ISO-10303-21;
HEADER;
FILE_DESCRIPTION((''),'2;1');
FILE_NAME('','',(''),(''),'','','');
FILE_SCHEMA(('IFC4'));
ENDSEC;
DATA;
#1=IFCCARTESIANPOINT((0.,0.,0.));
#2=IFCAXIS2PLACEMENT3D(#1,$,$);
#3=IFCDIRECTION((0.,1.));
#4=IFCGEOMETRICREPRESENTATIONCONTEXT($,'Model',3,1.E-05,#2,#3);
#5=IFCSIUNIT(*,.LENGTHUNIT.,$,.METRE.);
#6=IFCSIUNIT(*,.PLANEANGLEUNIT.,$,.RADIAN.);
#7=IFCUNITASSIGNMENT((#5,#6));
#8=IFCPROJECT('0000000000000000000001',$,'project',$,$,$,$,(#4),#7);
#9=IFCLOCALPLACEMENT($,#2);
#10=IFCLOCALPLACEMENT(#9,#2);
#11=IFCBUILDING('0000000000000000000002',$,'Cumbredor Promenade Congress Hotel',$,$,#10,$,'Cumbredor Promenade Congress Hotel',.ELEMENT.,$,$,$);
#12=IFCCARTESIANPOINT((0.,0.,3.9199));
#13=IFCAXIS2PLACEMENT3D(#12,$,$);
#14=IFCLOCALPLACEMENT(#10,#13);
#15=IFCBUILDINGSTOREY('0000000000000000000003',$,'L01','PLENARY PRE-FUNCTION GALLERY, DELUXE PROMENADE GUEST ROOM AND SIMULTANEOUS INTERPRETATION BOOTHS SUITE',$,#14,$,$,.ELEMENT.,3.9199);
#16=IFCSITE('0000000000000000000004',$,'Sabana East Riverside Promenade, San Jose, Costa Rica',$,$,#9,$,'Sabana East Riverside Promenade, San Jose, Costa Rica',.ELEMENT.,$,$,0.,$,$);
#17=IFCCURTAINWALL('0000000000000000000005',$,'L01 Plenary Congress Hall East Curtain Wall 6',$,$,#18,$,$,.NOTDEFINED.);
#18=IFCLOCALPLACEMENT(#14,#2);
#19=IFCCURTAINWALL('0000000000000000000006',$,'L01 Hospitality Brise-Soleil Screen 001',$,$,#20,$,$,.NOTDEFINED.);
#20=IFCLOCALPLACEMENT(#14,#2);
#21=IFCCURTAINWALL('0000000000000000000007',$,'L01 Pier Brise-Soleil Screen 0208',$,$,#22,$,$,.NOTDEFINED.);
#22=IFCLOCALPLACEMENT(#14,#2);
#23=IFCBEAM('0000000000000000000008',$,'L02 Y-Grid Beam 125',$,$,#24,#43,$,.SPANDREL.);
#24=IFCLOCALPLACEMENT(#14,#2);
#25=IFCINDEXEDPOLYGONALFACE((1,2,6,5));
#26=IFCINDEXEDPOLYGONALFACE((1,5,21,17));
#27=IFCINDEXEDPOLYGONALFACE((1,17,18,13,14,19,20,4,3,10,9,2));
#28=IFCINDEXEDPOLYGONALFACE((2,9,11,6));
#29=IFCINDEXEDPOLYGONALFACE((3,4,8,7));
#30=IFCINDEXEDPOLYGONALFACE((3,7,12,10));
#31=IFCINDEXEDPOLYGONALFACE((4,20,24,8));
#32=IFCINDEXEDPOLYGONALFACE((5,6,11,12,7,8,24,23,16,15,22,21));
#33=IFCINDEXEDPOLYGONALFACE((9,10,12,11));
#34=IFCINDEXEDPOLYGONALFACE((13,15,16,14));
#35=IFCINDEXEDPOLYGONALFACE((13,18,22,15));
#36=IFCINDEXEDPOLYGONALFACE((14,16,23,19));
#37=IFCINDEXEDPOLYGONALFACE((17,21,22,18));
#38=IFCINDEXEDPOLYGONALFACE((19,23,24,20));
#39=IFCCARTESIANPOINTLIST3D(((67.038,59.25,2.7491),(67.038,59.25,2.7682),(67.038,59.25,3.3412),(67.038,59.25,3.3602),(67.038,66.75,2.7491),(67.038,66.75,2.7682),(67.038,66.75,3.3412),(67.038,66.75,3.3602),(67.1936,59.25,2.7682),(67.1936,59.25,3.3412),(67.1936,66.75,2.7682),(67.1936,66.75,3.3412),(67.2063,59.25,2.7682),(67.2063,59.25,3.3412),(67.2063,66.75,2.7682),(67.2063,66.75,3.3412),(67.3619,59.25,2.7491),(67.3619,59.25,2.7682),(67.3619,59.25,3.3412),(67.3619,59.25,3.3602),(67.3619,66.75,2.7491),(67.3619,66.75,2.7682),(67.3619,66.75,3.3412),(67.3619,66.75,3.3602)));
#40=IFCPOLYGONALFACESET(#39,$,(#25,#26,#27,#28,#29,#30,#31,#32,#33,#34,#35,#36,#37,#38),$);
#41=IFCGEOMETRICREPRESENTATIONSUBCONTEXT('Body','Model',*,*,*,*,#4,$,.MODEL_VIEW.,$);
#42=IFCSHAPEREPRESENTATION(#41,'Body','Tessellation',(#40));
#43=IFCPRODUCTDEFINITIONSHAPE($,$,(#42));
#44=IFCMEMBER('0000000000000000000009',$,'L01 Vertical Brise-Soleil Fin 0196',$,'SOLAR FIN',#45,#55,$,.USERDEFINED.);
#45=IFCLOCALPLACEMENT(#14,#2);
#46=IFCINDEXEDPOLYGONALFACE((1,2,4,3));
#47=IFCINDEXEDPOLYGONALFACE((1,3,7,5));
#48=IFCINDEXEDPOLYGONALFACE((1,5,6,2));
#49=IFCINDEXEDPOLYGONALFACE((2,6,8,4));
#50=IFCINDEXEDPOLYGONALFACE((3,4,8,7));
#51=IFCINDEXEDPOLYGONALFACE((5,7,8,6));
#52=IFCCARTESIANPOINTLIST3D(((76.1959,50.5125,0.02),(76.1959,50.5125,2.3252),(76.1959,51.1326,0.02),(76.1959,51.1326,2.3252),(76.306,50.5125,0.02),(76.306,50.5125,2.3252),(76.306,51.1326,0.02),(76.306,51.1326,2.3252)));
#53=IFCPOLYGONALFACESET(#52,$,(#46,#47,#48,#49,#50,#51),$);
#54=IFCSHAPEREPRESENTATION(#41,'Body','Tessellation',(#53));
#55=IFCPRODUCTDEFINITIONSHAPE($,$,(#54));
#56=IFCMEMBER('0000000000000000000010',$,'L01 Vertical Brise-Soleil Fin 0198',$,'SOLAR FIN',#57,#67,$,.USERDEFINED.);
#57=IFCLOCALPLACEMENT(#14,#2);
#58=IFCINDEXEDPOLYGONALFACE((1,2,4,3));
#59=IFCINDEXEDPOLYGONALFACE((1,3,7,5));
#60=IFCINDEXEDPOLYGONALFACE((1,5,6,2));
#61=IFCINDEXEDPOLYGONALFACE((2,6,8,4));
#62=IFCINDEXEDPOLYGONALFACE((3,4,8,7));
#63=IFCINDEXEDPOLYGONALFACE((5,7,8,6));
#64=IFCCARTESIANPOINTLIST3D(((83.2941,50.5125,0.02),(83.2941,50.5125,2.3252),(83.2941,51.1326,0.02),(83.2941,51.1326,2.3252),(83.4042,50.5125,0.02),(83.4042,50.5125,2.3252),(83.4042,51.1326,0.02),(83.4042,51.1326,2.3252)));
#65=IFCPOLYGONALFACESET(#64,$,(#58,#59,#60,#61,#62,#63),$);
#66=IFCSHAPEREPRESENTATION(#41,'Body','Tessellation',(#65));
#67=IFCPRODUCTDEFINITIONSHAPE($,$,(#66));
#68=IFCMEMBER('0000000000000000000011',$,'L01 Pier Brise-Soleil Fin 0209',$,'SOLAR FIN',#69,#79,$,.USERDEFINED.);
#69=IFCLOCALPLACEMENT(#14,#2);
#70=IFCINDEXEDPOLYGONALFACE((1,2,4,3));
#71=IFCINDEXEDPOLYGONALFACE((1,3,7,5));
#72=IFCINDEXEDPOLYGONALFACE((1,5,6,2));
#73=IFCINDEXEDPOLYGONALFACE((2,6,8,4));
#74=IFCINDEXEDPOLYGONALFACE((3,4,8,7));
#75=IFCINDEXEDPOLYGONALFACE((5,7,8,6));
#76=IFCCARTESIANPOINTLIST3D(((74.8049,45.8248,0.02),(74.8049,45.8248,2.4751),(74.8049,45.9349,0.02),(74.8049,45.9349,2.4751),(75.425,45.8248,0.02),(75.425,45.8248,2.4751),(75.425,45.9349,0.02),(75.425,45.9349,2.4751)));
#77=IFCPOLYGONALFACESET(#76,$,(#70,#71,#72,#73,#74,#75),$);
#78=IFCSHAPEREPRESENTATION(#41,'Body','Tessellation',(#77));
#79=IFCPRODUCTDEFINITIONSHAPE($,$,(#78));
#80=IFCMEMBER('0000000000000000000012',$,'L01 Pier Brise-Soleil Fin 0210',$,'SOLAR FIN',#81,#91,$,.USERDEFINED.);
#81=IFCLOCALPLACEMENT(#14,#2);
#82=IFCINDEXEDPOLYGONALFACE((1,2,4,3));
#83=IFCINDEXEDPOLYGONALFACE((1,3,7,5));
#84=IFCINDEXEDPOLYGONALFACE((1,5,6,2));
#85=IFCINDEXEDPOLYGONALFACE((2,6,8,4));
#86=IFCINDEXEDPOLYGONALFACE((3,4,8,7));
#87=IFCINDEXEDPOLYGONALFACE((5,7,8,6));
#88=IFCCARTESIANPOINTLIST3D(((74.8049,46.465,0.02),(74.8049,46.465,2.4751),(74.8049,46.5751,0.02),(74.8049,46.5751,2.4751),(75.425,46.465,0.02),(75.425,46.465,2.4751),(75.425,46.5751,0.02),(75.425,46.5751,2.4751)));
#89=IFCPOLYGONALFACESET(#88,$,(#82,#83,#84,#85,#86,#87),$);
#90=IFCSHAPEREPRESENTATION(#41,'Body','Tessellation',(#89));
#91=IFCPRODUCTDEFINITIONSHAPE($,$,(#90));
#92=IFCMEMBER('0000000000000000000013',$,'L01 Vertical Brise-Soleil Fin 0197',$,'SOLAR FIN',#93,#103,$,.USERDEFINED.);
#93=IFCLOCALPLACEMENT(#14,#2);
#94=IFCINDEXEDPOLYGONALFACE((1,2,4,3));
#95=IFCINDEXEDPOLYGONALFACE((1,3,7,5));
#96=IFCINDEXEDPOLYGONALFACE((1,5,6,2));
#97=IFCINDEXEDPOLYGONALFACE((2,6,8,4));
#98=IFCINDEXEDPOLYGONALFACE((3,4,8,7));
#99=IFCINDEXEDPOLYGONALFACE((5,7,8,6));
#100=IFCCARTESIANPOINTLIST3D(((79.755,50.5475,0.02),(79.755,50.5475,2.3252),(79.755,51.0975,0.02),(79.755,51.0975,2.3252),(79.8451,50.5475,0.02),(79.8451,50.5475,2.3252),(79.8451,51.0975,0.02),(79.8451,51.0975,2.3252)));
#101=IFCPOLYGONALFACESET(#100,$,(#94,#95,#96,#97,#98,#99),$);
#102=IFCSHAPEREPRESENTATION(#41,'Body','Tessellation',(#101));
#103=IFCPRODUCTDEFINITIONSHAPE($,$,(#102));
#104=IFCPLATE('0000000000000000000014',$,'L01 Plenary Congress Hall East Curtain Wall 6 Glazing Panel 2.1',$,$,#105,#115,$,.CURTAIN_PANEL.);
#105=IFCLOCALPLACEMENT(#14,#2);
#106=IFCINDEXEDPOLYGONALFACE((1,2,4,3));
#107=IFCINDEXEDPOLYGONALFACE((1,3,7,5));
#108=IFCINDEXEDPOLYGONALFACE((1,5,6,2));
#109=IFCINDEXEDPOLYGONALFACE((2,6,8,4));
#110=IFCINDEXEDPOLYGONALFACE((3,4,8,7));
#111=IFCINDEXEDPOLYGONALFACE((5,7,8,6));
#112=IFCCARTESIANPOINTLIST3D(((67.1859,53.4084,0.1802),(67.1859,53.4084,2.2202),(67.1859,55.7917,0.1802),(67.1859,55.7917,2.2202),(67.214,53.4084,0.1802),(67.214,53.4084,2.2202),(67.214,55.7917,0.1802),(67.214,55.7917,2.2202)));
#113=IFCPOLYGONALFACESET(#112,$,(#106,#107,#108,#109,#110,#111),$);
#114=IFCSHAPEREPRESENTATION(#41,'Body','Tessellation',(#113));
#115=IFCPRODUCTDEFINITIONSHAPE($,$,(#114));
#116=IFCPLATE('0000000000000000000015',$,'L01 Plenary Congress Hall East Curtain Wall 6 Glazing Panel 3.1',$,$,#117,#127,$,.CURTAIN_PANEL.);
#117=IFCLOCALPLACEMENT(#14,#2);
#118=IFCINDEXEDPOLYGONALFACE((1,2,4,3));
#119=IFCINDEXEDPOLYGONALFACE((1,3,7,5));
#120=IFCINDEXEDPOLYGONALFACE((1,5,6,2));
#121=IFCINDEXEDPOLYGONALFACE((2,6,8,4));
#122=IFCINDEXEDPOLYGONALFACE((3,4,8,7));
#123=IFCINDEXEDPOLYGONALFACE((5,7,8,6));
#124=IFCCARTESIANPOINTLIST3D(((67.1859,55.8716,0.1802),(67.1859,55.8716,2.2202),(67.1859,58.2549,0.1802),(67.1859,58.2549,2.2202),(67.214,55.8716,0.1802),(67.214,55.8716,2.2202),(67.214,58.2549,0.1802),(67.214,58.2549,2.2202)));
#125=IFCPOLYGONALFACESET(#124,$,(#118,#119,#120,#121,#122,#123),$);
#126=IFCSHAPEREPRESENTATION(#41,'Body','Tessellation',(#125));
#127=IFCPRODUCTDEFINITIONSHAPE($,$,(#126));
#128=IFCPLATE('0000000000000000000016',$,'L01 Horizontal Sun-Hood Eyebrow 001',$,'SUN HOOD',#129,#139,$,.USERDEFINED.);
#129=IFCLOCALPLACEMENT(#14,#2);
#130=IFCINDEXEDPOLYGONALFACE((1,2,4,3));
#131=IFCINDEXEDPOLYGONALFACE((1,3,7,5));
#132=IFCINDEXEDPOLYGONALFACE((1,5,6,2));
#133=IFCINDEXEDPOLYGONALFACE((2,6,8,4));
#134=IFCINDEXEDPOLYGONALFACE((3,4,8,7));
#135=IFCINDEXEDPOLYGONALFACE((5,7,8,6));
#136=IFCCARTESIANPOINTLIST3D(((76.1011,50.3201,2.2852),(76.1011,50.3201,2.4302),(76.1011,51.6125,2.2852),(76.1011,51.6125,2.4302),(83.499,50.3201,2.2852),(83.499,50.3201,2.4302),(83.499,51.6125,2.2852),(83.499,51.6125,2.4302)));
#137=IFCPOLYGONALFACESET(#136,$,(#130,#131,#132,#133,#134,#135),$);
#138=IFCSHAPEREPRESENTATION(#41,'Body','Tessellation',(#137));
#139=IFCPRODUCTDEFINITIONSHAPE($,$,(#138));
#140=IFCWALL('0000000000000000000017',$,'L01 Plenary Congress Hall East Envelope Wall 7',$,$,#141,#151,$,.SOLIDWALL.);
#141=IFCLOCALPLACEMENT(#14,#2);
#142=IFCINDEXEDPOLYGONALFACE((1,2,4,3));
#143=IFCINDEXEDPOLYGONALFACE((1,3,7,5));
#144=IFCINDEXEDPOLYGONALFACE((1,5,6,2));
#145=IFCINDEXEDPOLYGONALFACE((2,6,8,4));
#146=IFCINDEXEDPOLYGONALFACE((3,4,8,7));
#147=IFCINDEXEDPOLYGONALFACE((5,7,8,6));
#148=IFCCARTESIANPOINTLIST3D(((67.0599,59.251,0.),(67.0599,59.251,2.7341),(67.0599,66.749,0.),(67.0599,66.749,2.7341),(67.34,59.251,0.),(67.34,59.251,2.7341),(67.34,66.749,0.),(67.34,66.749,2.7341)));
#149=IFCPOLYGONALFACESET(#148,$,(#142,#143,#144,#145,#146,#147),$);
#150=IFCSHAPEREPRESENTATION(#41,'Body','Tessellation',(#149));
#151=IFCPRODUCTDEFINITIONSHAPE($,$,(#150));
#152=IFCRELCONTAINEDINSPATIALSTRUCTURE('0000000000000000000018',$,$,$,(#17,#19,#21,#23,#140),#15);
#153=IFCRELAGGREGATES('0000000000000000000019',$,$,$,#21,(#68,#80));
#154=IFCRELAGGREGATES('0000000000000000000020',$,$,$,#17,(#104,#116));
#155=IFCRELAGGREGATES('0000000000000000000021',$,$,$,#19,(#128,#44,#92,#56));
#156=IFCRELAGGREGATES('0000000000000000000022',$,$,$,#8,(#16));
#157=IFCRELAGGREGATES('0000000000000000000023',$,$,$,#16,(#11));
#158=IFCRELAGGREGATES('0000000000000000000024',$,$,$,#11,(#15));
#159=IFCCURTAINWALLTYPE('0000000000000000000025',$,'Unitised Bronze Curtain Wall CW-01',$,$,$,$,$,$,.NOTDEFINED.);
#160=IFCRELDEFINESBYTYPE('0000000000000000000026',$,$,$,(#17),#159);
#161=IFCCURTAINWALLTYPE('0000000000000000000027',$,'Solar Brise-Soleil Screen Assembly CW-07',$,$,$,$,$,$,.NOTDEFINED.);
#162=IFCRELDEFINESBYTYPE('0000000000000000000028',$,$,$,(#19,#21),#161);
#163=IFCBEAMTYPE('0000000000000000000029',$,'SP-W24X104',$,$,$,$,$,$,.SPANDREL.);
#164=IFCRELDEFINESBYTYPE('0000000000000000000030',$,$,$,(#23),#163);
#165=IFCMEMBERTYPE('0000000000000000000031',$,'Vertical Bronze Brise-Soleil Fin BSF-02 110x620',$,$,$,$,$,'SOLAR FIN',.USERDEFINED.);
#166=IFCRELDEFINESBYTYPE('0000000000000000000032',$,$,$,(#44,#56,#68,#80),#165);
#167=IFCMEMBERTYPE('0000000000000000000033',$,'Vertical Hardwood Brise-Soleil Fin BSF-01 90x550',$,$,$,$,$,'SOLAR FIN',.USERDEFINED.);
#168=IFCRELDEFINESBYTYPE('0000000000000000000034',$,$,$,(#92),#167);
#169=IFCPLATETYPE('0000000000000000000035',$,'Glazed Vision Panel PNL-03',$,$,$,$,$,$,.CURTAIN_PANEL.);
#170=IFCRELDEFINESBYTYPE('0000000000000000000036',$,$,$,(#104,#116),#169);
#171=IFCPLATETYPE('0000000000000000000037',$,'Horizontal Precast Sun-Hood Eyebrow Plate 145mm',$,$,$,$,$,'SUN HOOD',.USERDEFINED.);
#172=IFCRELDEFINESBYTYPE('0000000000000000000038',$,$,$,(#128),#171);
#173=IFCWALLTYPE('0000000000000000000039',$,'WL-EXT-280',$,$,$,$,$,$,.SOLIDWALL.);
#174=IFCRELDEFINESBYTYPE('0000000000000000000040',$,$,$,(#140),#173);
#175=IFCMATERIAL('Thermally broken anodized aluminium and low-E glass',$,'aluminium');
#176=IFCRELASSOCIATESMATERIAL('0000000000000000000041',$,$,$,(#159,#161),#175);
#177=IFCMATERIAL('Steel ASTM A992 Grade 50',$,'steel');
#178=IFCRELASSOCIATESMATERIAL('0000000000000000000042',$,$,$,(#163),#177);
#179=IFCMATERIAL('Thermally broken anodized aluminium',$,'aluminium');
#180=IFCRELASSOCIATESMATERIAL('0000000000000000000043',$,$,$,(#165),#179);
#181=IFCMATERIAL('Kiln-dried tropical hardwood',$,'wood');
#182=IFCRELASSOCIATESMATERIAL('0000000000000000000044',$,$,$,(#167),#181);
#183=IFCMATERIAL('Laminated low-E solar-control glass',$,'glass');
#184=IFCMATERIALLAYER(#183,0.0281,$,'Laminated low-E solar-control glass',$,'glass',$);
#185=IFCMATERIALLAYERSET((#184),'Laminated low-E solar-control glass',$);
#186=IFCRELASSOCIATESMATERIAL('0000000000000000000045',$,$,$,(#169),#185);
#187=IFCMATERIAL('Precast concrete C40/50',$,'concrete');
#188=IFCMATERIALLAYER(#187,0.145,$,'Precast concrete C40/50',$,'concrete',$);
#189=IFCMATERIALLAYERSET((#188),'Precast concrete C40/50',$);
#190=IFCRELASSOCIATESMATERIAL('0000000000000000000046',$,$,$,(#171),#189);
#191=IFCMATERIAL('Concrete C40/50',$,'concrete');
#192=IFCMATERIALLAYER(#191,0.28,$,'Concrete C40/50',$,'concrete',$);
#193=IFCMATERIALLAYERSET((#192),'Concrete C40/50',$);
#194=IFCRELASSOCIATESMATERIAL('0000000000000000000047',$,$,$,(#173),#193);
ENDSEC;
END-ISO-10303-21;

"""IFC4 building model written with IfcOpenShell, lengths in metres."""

from ifc_helpers import new_model, si_unit, direction, frame, frame_2d, origin, origin_2d, place, context, subcontext, project, spatial, rectangle, i_section, extrude, material, layer, layer_set, material_profile, profile_set, type_object, element, aggregate, save


model = new_model("IFC4")

# Units and contexts
model_context = context("Model", 3, precision=1e-05, world=origin(), true_north=direction((0.0, 1.0)))
body_context = subcontext(model_context, "Body", "Model", "MODEL_VIEW")
ifc_project = project(units=[si_unit("LENGTHUNIT", "METRE"), si_unit("PLANEANGLEUNIT", "RADIAN")], contexts=[model_context])

# Site, building, storey
site_placement = place(None, origin())
site = spatial("IfcSite", under=ifc_project, at=site_placement, Name="Sabana East Riverside Promenade, San Jose, Costa Rica", LongName="Sabana East Riverside Promenade, San Jose, Costa Rica", CompositionType="ELEMENT", RefElevation=0.0)
building_placement = place(site_placement, origin())
building = spatial("IfcBuilding", under=site, at=building_placement, Name="Cumbredor Promenade Congress Hotel", LongName="Cumbredor Promenade Congress Hotel", CompositionType="ELEMENT")
storey_placement = place(building_placement, frame((0.0, 0.0, 3.9199)))
storey = spatial("IfcBuildingStorey", under=building, at=storey_placement, Name="L01", Description="PLENARY PRE-FUNCTION GALLERY, DELUXE PROMENADE GUEST ROOM AND SIMULTANEOUS INTERPRETATION BOOTHS SUITE", CompositionType="ELEMENT", Elevation=3.9199)

# Shared definitions
ifc_material_1 = material(Name="Concrete C40/50", Category="concrete")

# Shared definitions
ifc_material_2 = material(Name="Steel ASTM A992 Grade 50", Category="steel")

# Curtain wall
ifc_material_3 = material(Name="Thermally broken anodized aluminium and low-E glass", Category="aluminium")
curtain_wall_type_1 = type_object("IfcCurtainWallType", Name="Unitised Bronze Curtain Wall CW-01", PredefinedType="NOTDEFINED", material=ifc_material_3)
curtain_wall_1_placement = place(storey_placement, origin())
curtain_wall_1 = element("IfcCurtainWall", 1, at=curtain_wall_1_placement, inside=storey, type_object=curtain_wall_type_1, Name="L01 Plenary Congress Hall East Curtain Wall 6", PredefinedType="NOTDEFINED")
ifc_material_4 = material(Name="Thermally broken anodized aluminium", Category="aluminium")

# Curtain walls
curtain_wall_type_2 = type_object("IfcCurtainWallType", Name="Solar Brise-Soleil Screen Assembly CW-07", PredefinedType="NOTDEFINED", material=ifc_material_3)
curtain_wall_2_placement = place(storey_placement, origin())
curtain_wall_2 = element("IfcCurtainWall", 2, at=curtain_wall_2_placement, inside=storey, type_object=curtain_wall_type_2, Name="L01 Hospitality Brise-Soleil Screen 001", PredefinedType="NOTDEFINED")
curtain_wall_3_placement = place(storey_placement, origin())
curtain_wall_3 = element("IfcCurtainWall", 3, at=curtain_wall_3_placement, inside=storey, type_object=curtain_wall_type_2, Name="L01 Pier Brise-Soleil Screen 0208", PredefinedType="NOTDEFINED")

# Beam
ifc_material_profile_1 = material_profile(ifc_material_2, i_section(OverallWidth=0.324, OverallDepth=0.6111, WebThickness=0.0127, FlangeThickness=0.019, at=origin_2d()), Name="W24X104")
ifc_profile_set_1 = profile_set([ifc_material_profile_1], Name="Steel ASTM A992 Grade 50")
beam_type_1 = type_object("IfcBeamType", Name="SP-W24X104", PredefinedType="SPANDREL", material=ifc_profile_set_1)
beam_1_placement = place(storey_placement, frame((67.2, 59.25, 3.0547), z_axis=(0.0, 1.0, 0.0), x_axis=(-1.0, 0.0, 0.0)))
element("IfcBeam", 4, at=beam_1_placement, inside=storey, type_object=beam_type_1, Name="L02 Y-Grid Beam 125", PredefinedType="SPANDREL", context=body_context, shape_type="SweptSolid", body=[
    extrude(i_section(OverallWidth=0.324, OverallDepth=0.6111, WebThickness=0.0127, FlangeThickness=0.019, at=origin_2d()), origin(), (0.0, 0.0, 1.0), 7.5),
])

# Members
ifc_material_profile_2 = material_profile(ifc_material_4, rectangle(XDim=0.1101, YDim=0.6201, at=origin_2d()), Name="ARCH FIN 110x620")
ifc_profile_set_2 = profile_set([ifc_material_profile_2], Name="Thermally broken anodized aluminium")
member_type_1 = type_object("IfcMemberType", Name="Vertical Bronze Brise-Soleil Fin BSF-02 110x620", ElementType="SOLAR FIN", PredefinedType="USERDEFINED", material=ifc_profile_set_2)
member_1_placement = place(storey_placement, frame((76.251, 50.8225, 0.02), z_axis=(0.0, 0.0, 1.0), x_axis=(1.0, 0.0, 0.0)))
member_1 = element("IfcMember", 5, at=member_1_placement, type_object=member_type_1, Name="L01 Vertical Brise-Soleil Fin 0196", ObjectType="SOLAR FIN", PredefinedType="USERDEFINED", context=body_context, shape_type="SweptSolid", body=[
    extrude(rectangle(XDim=0.1101, YDim=0.6201, at=origin_2d()), origin(), (0.0, 0.0, 1.0), 2.3052),
])
member_2_placement = place(storey_placement, frame((83.3491, 50.8225, 0.02), z_axis=(0.0, 0.0, 1.0), x_axis=(1.0, 0.0, 0.0)))
member_2 = element("IfcMember", 6, at=member_2_placement, type_object=member_type_1, Name="L01 Vertical Brise-Soleil Fin 0198", ObjectType="SOLAR FIN", PredefinedType="USERDEFINED", context=body_context, shape_type="SweptSolid", body=[
    extrude(rectangle(XDim=0.1101, YDim=0.6201, at=origin_2d()), origin(), (0.0, 0.0, 1.0), 2.3052),
])
member_3_placement = place(storey_placement, frame((75.115, 45.8799, 0.02), z_axis=(0.0, 0.0, 1.0), x_axis=(0.0, 1.0, 0.0)))
member_3 = element("IfcMember", 7, at=member_3_placement, type_object=member_type_1, Name="L01 Pier Brise-Soleil Fin 0209", ObjectType="SOLAR FIN", PredefinedType="USERDEFINED", context=body_context, shape_type="SweptSolid", body=[
    extrude(rectangle(XDim=0.1101, YDim=0.6201, at=origin_2d()), origin(), (0.0, 0.0, 1.0), 2.4551),
])
member_4_placement = place(storey_placement, frame((75.115, 46.52, 0.02), z_axis=(0.0, 0.0, 1.0), x_axis=(0.0, 1.0, 0.0)))
member_4 = element("IfcMember", 8, at=member_4_placement, type_object=member_type_1, Name="L01 Pier Brise-Soleil Fin 0210", ObjectType="SOLAR FIN", PredefinedType="USERDEFINED", context=body_context, shape_type="SweptSolid", body=[
    extrude(rectangle(XDim=0.1101, YDim=0.6201, at=origin_2d()), origin(), (0.0, 0.0, 1.0), 2.4551),
])
aggregate(curtain_wall_3, [member_3, member_4])
ifc_material_5 = material(Name="Kiln-dried tropical hardwood", Category="wood")
ifc_material_profile_3 = material_profile(ifc_material_5, rectangle(XDim=0.0901, YDim=0.55, at=origin_2d()), Name="ARCH FIN 90x550")
ifc_profile_set_3 = profile_set([ifc_material_profile_3], Name="Kiln-dried tropical hardwood")
member_type_2 = type_object("IfcMemberType", Name="Vertical Hardwood Brise-Soleil Fin BSF-01 90x550", ElementType="SOLAR FIN", PredefinedType="USERDEFINED", material=ifc_profile_set_3)
member_5_placement = place(storey_placement, frame((79.8, 50.8225, 0.02), z_axis=(0.0, 0.0, 1.0), x_axis=(1.0, 0.0, 0.0)))
member_5 = element("IfcMember", 9, at=member_5_placement, type_object=member_type_2, Name="L01 Vertical Brise-Soleil Fin 0197", ObjectType="SOLAR FIN", PredefinedType="USERDEFINED", context=body_context, shape_type="SweptSolid", body=[
    extrude(rectangle(XDim=0.0901, YDim=0.55, at=origin_2d()), origin(), (0.0, 0.0, 1.0), 2.3052),
])

# Plates
ifc_material_6 = material(Name="Laminated low-E solar-control glass", Category="glass")
ifc_layer_1 = layer(ifc_material_6, 0.0281, Name="Laminated low-E solar-control glass", Category="glass")
ifc_layer_set_1 = layer_set([ifc_layer_1], Name="Laminated low-E solar-control glass")
plate_type_1 = type_object("IfcPlateType", Name="Glazed Vision Panel PNL-03", PredefinedType="CURTAIN_PANEL", material=ifc_layer_set_1)
plate_1_placement = place(storey_placement, frame((67.2, 54.6001, 0.1802), z_axis=(0.0, 0.0, 1.0), x_axis=(0.0, 1.0, 0.0)))
plate_1 = element("IfcPlate", 10, at=plate_1_placement, type_object=plate_type_1, Name="L01 Plenary Congress Hall East Curtain Wall 6 Glazing Panel 2.1", PredefinedType="CURTAIN_PANEL", context=body_context, shape_type="SweptSolid", body=[
    extrude(rectangle(XDim=2.3833, YDim=0.0281, at=origin_2d()), origin(), (0.0, 0.0, 1.0), 2.04),
])
plate_2_placement = place(storey_placement, frame((67.2, 57.0632, 0.1802), z_axis=(0.0, 0.0, 1.0), x_axis=(0.0, 1.0, 0.0)))
plate_2 = element("IfcPlate", 11, at=plate_2_placement, type_object=plate_type_1, Name="L01 Plenary Congress Hall East Curtain Wall 6 Glazing Panel 3.1", PredefinedType="CURTAIN_PANEL", context=body_context, shape_type="SweptSolid", body=[
    extrude(rectangle(XDim=2.3833, YDim=0.0281, at=origin_2d()), origin(), (0.0, 0.0, 1.0), 2.04),
])
aggregate(curtain_wall_1, [plate_1, plate_2])
ifc_material_7 = material(Name="Precast concrete C40/50", Category="concrete")
ifc_layer_2 = layer(ifc_material_7, 0.145, Name="Precast concrete C40/50", Category="concrete")
ifc_layer_set_2 = layer_set([ifc_layer_2], Name="Precast concrete C40/50")
plate_type_2 = type_object("IfcPlateType", Name="Horizontal Precast Sun-Hood Eyebrow Plate 145mm", ElementType="SUN HOOD", PredefinedType="USERDEFINED", material=ifc_layer_set_2)
plate_3_placement = place(storey_placement, frame((79.8, 50.9663, 2.2852), z_axis=(0.0, 0.0, 1.0), x_axis=(1.0, 0.0, 0.0)))
plate_3 = element("IfcPlate", 12, at=plate_3_placement, type_object=plate_type_2, Name="L01 Horizontal Sun-Hood Eyebrow 001", ObjectType="SUN HOOD", PredefinedType="USERDEFINED", context=body_context, shape_type="SweptSolid", body=[
    extrude(rectangle(XDim=7.3979, YDim=1.2925, at=origin_2d()), origin(), (0.0, 0.0, 1.0), 0.145),
])
aggregate(curtain_wall_2, [plate_3, member_1, member_5, member_2])

# Wall
ifc_layer_3 = layer(ifc_material_1, 0.28, Name="Concrete C40/50", Category="concrete")
ifc_layer_set_3 = layer_set([ifc_layer_3], Name="Concrete C40/50")
wall_type_1 = type_object("IfcWallType", Name="WL-EXT-280", PredefinedType="SOLIDWALL", material=ifc_layer_set_3)
wall_1_placement = place(storey_placement, frame((67.2, 59.251, 0.0), z_axis=(0.0, 0.0, 1.0), x_axis=(0.0, 1.0, 0.0)))
element("IfcWall", 13, at=wall_1_placement, inside=storey, type_object=wall_type_1, Name="L01 Plenary Congress Hall East Envelope Wall 7", PredefinedType="SOLIDWALL", context=body_context, shape_type="SweptSolid", body=[
    extrude(rectangle(XDim=7.498, YDim=0.28, at=frame_2d((3.749, 0.0))), origin(), (0.0, 0.0, 1.0), 2.7341),
])

save(model, "model.ifc")
